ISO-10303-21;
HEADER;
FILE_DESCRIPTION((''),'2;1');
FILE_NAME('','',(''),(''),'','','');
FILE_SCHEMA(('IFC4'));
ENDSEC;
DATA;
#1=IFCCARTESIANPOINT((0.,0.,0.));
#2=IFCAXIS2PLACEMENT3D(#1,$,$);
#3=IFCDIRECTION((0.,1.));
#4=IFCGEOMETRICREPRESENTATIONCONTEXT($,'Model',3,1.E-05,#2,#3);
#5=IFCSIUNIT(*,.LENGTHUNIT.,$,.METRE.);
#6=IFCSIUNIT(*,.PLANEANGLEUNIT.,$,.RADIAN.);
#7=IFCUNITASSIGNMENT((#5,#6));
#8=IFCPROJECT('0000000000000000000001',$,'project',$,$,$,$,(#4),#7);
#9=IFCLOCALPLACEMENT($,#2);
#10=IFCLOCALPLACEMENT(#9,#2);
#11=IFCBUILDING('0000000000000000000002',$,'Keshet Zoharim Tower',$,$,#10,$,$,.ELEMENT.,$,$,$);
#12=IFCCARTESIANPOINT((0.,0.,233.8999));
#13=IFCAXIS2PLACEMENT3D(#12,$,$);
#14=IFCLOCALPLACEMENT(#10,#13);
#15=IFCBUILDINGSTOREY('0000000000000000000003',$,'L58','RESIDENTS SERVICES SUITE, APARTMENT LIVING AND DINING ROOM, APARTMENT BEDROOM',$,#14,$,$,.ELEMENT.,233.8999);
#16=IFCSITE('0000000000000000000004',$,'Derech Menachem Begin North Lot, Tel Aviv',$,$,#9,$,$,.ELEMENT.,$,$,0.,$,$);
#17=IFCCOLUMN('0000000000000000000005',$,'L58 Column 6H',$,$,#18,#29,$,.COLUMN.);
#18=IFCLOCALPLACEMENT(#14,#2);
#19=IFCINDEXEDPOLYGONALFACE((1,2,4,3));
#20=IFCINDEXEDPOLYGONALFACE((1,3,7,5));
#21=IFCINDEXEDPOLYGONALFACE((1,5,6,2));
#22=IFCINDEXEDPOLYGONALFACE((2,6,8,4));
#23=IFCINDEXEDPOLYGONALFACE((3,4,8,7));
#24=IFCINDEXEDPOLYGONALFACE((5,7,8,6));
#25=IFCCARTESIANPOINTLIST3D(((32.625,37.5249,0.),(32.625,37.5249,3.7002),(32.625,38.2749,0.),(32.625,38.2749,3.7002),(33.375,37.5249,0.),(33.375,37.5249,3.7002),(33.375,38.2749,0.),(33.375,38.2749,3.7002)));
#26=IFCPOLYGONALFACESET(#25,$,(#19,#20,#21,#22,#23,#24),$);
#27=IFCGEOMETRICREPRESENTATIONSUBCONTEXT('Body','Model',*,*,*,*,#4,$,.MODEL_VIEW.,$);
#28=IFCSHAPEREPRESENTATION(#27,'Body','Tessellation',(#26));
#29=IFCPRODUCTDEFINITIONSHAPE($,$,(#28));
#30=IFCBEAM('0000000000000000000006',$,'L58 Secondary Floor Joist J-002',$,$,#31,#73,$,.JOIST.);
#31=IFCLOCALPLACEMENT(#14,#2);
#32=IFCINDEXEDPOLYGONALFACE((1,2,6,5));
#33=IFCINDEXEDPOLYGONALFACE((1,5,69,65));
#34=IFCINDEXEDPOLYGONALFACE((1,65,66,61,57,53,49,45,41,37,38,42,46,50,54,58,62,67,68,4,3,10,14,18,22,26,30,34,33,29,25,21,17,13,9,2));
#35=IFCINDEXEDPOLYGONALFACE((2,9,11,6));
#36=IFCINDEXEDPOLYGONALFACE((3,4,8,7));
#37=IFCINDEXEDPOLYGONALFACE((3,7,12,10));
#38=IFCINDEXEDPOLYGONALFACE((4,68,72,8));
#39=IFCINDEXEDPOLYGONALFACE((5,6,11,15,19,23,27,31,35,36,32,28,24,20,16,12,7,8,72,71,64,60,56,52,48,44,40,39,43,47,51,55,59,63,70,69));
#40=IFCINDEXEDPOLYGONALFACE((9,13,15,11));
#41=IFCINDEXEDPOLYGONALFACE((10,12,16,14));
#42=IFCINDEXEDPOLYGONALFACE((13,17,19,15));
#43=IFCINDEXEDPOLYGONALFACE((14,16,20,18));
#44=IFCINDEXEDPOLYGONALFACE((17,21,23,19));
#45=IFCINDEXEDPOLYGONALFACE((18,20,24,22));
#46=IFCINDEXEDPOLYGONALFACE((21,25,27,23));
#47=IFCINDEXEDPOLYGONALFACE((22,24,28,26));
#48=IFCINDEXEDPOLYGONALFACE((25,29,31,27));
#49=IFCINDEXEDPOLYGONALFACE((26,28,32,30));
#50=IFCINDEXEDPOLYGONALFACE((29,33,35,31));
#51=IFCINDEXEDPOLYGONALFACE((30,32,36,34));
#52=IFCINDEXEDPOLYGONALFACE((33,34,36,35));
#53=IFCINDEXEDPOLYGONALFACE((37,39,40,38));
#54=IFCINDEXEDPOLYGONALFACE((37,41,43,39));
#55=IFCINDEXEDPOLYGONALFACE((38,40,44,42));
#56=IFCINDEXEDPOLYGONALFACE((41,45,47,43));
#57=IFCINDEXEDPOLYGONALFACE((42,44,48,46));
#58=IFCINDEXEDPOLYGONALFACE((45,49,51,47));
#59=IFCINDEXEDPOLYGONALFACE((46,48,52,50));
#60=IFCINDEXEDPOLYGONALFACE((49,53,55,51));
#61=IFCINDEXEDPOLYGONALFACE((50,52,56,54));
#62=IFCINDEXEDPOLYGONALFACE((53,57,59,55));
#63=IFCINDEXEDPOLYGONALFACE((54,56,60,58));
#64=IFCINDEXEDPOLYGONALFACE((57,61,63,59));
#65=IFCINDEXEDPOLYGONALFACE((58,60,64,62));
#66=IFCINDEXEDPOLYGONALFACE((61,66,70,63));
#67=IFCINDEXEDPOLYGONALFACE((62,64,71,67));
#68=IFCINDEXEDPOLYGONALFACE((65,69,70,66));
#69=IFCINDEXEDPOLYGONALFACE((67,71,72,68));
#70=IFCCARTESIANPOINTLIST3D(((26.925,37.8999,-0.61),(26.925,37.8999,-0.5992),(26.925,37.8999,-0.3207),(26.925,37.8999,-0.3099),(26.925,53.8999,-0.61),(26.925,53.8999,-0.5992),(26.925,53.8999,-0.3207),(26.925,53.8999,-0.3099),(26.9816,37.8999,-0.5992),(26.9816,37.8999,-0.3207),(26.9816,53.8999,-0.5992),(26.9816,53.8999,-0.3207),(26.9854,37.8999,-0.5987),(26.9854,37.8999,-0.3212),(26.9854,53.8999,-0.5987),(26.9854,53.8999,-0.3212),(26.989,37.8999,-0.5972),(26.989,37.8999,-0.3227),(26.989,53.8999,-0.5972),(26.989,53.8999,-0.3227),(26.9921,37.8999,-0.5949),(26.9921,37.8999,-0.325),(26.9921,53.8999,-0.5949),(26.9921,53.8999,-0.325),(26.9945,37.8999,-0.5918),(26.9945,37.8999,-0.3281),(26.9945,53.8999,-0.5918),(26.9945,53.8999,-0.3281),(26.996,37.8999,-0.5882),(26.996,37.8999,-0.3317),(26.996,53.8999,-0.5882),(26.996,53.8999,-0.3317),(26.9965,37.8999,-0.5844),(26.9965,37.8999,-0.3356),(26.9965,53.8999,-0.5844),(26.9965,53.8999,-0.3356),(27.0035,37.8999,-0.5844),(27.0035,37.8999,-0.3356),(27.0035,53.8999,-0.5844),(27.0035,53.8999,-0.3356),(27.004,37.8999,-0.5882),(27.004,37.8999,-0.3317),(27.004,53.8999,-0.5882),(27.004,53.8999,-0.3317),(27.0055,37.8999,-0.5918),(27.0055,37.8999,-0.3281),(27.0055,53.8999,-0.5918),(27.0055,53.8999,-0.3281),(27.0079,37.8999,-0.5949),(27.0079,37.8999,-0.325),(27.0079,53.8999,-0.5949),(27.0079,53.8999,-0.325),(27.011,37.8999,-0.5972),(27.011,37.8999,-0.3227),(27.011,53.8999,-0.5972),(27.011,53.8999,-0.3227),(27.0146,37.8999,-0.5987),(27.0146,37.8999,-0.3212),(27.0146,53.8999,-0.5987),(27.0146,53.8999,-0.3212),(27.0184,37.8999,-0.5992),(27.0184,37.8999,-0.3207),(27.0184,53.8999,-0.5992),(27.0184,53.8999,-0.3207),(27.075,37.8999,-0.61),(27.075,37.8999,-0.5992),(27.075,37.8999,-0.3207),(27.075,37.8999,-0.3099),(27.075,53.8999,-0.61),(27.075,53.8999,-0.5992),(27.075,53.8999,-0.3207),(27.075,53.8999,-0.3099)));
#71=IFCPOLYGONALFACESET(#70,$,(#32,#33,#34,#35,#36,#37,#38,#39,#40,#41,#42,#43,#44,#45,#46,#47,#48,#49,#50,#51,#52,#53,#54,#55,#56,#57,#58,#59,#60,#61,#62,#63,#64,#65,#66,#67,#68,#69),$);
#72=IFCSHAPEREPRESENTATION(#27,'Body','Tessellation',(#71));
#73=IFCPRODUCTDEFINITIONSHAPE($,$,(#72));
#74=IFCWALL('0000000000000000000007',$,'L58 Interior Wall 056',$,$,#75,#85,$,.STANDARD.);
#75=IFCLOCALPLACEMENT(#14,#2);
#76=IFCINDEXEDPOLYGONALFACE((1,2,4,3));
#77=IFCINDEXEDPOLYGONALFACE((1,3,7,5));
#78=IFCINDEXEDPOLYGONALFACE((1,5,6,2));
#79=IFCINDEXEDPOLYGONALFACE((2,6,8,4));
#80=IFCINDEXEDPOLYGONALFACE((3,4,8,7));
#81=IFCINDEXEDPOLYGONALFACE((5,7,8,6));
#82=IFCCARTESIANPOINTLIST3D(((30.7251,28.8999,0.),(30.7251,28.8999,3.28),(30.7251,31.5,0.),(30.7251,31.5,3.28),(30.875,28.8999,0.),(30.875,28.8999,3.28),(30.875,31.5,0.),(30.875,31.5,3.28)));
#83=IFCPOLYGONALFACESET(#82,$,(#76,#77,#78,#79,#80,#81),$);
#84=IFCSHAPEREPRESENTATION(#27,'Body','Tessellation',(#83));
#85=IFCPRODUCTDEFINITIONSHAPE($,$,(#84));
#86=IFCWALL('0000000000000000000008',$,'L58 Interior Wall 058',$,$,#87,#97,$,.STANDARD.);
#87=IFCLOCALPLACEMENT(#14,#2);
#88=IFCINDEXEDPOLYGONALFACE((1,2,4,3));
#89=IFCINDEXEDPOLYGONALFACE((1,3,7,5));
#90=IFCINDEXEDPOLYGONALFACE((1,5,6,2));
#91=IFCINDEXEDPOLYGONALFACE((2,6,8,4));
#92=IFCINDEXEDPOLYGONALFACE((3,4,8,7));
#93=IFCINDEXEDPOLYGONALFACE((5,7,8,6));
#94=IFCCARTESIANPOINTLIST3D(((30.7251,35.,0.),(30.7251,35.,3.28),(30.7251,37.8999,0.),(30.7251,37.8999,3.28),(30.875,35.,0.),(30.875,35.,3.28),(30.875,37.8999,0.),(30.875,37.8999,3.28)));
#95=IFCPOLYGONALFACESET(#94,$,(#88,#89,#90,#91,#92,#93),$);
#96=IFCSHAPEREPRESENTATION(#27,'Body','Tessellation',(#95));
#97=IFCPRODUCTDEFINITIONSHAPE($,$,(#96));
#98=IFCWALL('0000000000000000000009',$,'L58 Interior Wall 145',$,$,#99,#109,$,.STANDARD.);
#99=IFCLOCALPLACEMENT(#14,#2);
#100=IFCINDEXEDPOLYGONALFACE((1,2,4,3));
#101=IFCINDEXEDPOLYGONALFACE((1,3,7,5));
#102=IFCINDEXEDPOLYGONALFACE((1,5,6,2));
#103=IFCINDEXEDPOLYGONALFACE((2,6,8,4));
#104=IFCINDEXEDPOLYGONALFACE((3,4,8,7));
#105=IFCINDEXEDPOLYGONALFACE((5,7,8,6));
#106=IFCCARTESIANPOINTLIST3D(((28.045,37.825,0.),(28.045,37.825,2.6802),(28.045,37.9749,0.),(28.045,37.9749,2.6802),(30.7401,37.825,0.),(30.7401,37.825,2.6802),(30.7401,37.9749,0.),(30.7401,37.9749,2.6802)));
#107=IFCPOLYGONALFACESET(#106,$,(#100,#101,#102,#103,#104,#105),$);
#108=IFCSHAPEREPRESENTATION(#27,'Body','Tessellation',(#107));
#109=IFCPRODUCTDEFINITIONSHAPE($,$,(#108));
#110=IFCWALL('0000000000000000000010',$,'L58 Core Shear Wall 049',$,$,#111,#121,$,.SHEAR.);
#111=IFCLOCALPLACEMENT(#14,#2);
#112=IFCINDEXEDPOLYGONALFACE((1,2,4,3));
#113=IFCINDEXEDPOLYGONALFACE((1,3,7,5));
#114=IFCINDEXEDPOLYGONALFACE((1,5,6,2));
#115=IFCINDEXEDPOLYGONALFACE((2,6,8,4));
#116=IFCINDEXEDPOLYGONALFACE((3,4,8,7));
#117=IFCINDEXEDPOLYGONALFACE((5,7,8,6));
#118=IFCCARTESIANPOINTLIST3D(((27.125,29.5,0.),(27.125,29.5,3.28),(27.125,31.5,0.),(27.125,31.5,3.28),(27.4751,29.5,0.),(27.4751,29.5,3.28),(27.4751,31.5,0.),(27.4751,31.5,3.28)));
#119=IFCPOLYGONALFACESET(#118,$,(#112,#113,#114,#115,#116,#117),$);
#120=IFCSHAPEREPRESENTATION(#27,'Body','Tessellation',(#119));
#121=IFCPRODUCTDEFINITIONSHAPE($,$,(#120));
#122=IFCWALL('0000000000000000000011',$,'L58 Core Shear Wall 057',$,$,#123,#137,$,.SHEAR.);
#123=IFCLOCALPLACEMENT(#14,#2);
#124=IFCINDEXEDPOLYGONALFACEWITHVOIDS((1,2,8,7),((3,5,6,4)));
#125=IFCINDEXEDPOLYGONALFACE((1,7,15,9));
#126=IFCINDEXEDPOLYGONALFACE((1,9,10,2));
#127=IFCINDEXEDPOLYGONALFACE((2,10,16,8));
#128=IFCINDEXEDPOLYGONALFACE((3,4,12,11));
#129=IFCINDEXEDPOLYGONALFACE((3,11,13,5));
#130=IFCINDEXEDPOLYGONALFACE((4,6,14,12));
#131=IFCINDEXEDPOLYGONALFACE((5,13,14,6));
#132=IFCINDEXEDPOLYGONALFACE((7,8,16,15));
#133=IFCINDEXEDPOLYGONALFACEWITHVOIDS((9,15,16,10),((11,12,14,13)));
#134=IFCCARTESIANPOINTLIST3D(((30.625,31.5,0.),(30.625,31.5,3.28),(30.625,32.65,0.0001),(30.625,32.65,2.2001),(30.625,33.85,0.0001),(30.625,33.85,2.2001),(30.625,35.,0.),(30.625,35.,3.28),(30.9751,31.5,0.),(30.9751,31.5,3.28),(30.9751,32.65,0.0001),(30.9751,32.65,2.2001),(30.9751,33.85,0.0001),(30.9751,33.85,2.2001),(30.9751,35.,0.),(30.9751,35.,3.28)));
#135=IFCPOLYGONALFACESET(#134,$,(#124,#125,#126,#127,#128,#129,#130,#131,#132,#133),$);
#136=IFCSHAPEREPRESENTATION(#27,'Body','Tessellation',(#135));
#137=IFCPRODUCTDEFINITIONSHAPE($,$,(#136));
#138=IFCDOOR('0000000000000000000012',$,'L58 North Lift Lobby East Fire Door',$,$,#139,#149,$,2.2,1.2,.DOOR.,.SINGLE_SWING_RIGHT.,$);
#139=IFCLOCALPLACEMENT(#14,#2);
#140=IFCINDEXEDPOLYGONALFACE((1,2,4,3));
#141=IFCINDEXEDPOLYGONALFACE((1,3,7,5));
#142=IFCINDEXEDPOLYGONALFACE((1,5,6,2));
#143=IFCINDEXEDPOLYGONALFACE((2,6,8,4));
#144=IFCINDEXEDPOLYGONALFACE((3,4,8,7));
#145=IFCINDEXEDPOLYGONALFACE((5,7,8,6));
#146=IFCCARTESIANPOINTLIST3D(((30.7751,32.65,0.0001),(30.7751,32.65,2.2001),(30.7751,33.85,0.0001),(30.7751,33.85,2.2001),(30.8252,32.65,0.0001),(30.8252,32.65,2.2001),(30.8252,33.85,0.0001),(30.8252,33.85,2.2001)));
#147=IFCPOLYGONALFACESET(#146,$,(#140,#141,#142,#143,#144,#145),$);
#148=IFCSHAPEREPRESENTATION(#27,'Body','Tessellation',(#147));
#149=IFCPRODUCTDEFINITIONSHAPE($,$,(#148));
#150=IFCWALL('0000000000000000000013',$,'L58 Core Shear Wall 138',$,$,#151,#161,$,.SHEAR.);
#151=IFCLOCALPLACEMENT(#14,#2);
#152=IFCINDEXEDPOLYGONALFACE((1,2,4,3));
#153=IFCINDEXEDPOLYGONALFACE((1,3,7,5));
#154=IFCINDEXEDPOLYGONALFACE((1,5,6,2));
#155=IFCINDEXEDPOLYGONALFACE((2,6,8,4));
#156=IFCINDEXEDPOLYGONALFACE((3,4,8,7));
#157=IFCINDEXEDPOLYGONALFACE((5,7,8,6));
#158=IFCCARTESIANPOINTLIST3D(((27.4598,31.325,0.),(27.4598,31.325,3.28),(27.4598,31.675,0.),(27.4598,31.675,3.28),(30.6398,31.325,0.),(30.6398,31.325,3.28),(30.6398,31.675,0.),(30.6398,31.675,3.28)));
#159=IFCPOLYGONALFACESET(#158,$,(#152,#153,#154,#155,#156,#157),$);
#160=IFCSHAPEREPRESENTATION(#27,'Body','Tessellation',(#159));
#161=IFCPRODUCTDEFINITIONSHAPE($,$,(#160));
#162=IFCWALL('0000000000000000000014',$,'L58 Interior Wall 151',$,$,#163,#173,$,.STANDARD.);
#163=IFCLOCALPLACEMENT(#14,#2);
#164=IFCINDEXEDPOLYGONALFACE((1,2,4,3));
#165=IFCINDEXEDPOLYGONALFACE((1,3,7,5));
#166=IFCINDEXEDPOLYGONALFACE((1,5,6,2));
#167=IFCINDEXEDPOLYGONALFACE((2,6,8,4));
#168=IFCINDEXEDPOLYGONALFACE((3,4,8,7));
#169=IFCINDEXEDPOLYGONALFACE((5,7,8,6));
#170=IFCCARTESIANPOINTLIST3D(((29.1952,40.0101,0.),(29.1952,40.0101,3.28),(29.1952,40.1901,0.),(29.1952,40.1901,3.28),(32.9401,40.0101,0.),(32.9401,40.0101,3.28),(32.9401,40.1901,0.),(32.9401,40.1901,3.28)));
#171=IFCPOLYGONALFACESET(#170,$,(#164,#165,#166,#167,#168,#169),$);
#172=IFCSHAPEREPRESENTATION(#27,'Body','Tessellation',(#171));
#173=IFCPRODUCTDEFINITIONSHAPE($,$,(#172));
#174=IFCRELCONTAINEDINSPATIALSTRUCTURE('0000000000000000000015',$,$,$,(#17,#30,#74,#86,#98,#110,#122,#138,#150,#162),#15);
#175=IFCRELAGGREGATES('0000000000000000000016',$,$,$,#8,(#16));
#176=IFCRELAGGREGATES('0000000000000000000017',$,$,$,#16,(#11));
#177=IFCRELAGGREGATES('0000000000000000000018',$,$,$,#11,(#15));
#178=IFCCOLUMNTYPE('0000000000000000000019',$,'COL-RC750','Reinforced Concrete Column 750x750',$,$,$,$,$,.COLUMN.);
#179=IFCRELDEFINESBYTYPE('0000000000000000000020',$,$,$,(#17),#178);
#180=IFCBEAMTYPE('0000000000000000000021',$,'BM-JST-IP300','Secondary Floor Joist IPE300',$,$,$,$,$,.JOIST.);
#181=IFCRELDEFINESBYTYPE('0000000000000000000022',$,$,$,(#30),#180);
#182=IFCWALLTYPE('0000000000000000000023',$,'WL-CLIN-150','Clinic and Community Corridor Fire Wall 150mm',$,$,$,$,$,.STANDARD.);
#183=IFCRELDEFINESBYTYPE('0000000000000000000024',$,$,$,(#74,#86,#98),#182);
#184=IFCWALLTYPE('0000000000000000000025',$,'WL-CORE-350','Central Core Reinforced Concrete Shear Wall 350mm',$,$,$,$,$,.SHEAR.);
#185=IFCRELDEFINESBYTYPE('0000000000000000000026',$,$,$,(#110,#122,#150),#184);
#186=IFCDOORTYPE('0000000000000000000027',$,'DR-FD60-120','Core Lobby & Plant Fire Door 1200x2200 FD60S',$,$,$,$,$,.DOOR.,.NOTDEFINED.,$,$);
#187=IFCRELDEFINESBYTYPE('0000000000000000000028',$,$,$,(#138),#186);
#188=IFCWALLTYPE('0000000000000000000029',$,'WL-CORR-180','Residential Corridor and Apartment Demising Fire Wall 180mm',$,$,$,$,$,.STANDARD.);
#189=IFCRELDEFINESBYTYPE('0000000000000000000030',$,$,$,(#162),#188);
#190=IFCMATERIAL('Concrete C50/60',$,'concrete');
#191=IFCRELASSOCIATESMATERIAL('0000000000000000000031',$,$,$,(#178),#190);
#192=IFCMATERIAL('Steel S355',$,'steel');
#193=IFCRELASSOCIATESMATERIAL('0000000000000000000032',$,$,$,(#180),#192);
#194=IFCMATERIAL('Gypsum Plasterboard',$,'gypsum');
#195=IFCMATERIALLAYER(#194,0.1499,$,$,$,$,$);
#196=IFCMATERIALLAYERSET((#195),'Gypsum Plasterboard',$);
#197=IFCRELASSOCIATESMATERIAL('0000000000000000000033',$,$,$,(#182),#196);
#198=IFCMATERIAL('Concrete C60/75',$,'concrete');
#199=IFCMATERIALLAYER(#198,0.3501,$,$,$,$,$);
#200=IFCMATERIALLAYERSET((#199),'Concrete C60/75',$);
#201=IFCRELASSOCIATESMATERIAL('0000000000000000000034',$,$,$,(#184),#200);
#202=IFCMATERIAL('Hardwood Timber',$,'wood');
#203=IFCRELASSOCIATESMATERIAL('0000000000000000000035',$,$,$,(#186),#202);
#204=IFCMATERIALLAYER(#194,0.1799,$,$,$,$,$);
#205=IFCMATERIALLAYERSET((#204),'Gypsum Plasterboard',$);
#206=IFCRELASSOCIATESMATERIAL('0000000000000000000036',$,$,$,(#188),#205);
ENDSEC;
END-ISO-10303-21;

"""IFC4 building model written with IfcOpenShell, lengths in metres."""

from ifc_helpers import new_model, si_unit, direction, frame, frame_2d, origin, origin_2d, place, context, subcontext, project, spatial, rectangle, i_section, extrude, material, layer, layer_set, material_profile, profile_set, type_object, element, fill, save


model = new_model("IFC4")

# Units and contexts
model_context = context("Model", 3, precision=1e-05, world=origin(), true_north=direction((0.0, 1.0)))
body_context = subcontext(model_context, "Body", "Model", "MODEL_VIEW")
ifc_project = project(units=[si_unit("LENGTHUNIT", "METRE"), si_unit("PLANEANGLEUNIT", "RADIAN")], contexts=[model_context])

# Site, building, storey
site_placement = place(None, origin())
site = spatial("IfcSite", under=ifc_project, at=site_placement, Name="Derech Menachem Begin North Lot, Tel Aviv", CompositionType="ELEMENT", RefElevation=0.0)
building_placement = place(site_placement, origin())
building = spatial("IfcBuilding", under=site, at=building_placement, Name="Keshet Zoharim Tower", CompositionType="ELEMENT")
storey_placement = place(building_placement, frame((0.0, 0.0, 233.8999)))
storey = spatial("IfcBuildingStorey", under=building, at=storey_placement, Name="L58", Description="RESIDENTS SERVICES SUITE, APARTMENT LIVING AND DINING ROOM, APARTMENT BEDROOM", CompositionType="ELEMENT", Elevation=233.8999)

# Column
ifc_material_1 = material(Name="Concrete C50/60", Category="concrete")
ifc_material_profile_1 = material_profile(ifc_material_1, rectangle(XDim=0.75, YDim=0.75, at=origin_2d()), Name="RC750x750")
ifc_profile_set_1 = profile_set([ifc_material_profile_1], Name="Concrete C50/60")
column_type = type_object("IfcColumnType", Name="COL-RC750", Description="Reinforced Concrete Column 750x750", PredefinedType="COLUMN", material=ifc_profile_set_1)
column_placement = place(storey_placement, frame((33.0, 37.8999, 0.0), z_axis=(0.0, 0.0, 1.0), x_axis=(1.0, 0.0, 0.0)))
element("IfcColumn", 1, at=column_placement, inside=storey, type_object=column_type, Name="L58 Column 6H", PredefinedType="COLUMN", context=body_context, shape_type="SweptSolid", body=[
    extrude(rectangle(XDim=0.75, YDim=0.75, at=origin_2d()), origin(), (0.0, 0.0, 1.0), 3.7002),
])

# Beam
ifc_material_2 = material(Name="Steel S355", Category="steel")
ifc_material_profile_2 = material_profile(ifc_material_2, i_section(OverallWidth=0.1499, OverallDepth=0.3, WebThickness=0.0071, FlangeThickness=0.0107, FilletRadius=0.0149, at=origin_2d()), Name="IPE300")
ifc_profile_set_2 = profile_set([ifc_material_profile_2], Name="Steel S355")
beam_type = type_object("IfcBeamType", Name="BM-JST-IP300", Description="Secondary Floor Joist IPE300", PredefinedType="JOIST", material=ifc_profile_set_2)
beam_placement = place(storey_placement, frame((27.0, 37.8999, -0.46), z_axis=(0.0, 1.0, 0.0), x_axis=(-1.0, 0.0, 0.0)))
element("IfcBeam", 2, at=beam_placement, inside=storey, type_object=beam_type, Name="L58 Secondary Floor Joist J-002", PredefinedType="JOIST", context=body_context, shape_type="SweptSolid", body=[
    extrude(i_section(OverallWidth=0.1499, OverallDepth=0.3, WebThickness=0.0071, FlangeThickness=0.0107, FilletRadius=0.0149, at=origin_2d()), origin(), (0.0, 0.0, 1.0), 16.0),
])

# Walls
ifc_material_3 = material(Name="Gypsum Plasterboard", Category="gypsum")
ifc_layer_1 = layer(ifc_material_3, 0.1499)
ifc_layer_set_1 = layer_set([ifc_layer_1], Name="Gypsum Plasterboard")
wall_type_1 = type_object("IfcWallType", Name="WL-CLIN-150", Description="Clinic and Community Corridor Fire Wall 150mm", PredefinedType="STANDARD", material=ifc_layer_set_1)
wall_1_placement = place(storey_placement, frame((30.8, 28.8999, 0.0), z_axis=(0.0, 0.0, 1.0), x_axis=(0.0, 1.0, 0.0)))
element("IfcWall", 3, at=wall_1_placement, inside=storey, type_object=wall_type_1, Name="L58 Interior Wall 056", PredefinedType="STANDARD", context=body_context, shape_type="SweptSolid", body=[
    extrude(rectangle(XDim=2.6001, YDim=0.1499, at=frame_2d((1.3, 0.0))), origin(), (0.0, 0.0, 1.0), 3.28),
])
wall_2_placement = place(storey_placement, frame((30.8, 35.0, 0.0), z_axis=(0.0, 0.0, 1.0), x_axis=(0.0, 1.0, 0.0)))
element("IfcWall", 4, at=wall_2_placement, inside=storey, type_object=wall_type_1, Name="L58 Interior Wall 058", PredefinedType="STANDARD", context=body_context, shape_type="SweptSolid", body=[
    extrude(rectangle(XDim=2.8999, YDim=0.1499, at=frame_2d((1.45, 0.0))), origin(), (0.0, 0.0, 1.0), 3.28),
])
wall_3_placement = place(storey_placement, frame((28.0449, 37.8999, 0.0), z_axis=(0.0, 0.0, 1.0), x_axis=(1.0, 0.0, 0.0)))
element("IfcWall", 5, at=wall_3_placement, inside=storey, type_object=wall_type_1, Name="L58 Interior Wall 145", PredefinedType="STANDARD", context=body_context, shape_type="SweptSolid", body=[
    extrude(rectangle(XDim=2.6951, YDim=0.1499, at=frame_2d((1.3477, 0.0))), origin(), (0.0, 0.0, 1.0), 2.6802),
])
ifc_material_4 = material(Name="Concrete C60/75", Category="concrete")
ifc_layer_2 = layer(ifc_material_4, 0.3501)
ifc_layer_set_2 = layer_set([ifc_layer_2], Name="Concrete C60/75")
wall_type_2 = type_object("IfcWallType", Name="WL-CORE-350", Description="Central Core Reinforced Concrete Shear Wall 350mm", PredefinedType="SHEAR", material=ifc_layer_set_2)
wall_4_placement = place(storey_placement, frame((27.3, 29.5, 0.0), z_axis=(0.0, 0.0, 1.0), x_axis=(0.0, 1.0, 0.0)))
element("IfcWall", 6, at=wall_4_placement, inside=storey, type_object=wall_type_2, Name="L58 Core Shear Wall 049", PredefinedType="SHEAR", context=body_context, shape_type="SweptSolid", body=[
    extrude(rectangle(XDim=2.0, YDim=0.3501, at=frame_2d((1.0, 0.0))), origin(), (0.0, 0.0, 1.0), 3.28),
])

# Wall, opening, door
wall_5_placement = place(storey_placement, frame((30.8, 31.5, 0.0), z_axis=(0.0, 0.0, 1.0), x_axis=(0.0, 1.0, 0.0)))
wall_5 = element("IfcWall", 7, at=wall_5_placement, inside=storey, type_object=wall_type_2, Name="L58 Core Shear Wall 057", PredefinedType="SHEAR", context=body_context, shape_type="SweptSolid", body=[
    extrude(rectangle(XDim=3.5, YDim=0.3501, at=frame_2d((1.75, 0.0))), origin(), (0.0, 0.0, 1.0), 3.28),
])
opening_1_placement = place(wall_5_placement, frame((1.1499, 0.0, 0.0)))
opening_1 = element("IfcOpeningElement", 8, at=opening_1_placement, cuts=wall_5, PredefinedType="OPENING", context=body_context, shape_type="SweptSolid", body=[
    extrude(rectangle(XDim=1.2, YDim=2.2, at=frame_2d((0.6001, 1.1001))), frame((0.0, 0.1851, 0.0), z_axis=(0.0, -1.0, 0.0), x_axis=(1.0, 0.0, 0.0)), (0.0, 0.0, 1.0), 0.3701),
])
ifc_material_5 = material(Name="Hardwood Timber", Category="wood")
door_type_1 = type_object("IfcDoorType", Name="DR-FD60-120", Description="Core Lobby & Plant Fire Door 1200x2200 FD60S", OperationType="NOTDEFINED", PredefinedType="DOOR", material=ifc_material_5)
door_1_placement = place(opening_1_placement, origin())
door_1 = element("IfcDoor", 9, at=door_1_placement, inside=storey, type_object=door_type_1, Name="L58 North Lift Lobby East Fire Door", OperationType="SINGLE_SWING_RIGHT", OverallHeight=2.2, OverallWidth=1.2, PredefinedType="DOOR", context=body_context, shape_type="SweptSolid", body=[
    extrude(rectangle(XDim=1.2, YDim=2.2, at=frame_2d((0.6001, 1.1001))), frame((0.0, 0.0249, 0.0), z_axis=(0.0, -1.0, 0.0), x_axis=(1.0, 0.0, 0.0)), (0.0, 0.0, 1.0), 0.05),
])
fill(opening_1, door_1)

# Wall
wall_6_placement = place(storey_placement, frame((27.46, 31.5, 0.0), z_axis=(0.0, 0.0, 1.0), x_axis=(1.0, 0.0, 0.0)))
element("IfcWall", 10, at=wall_6_placement, inside=storey, type_object=wall_type_2, Name="L58 Core Shear Wall 138", PredefinedType="SHEAR", context=body_context, shape_type="SweptSolid", body=[
    extrude(rectangle(XDim=3.1799, YDim=0.3501, at=frame_2d((1.5898, 0.0))), origin(), (0.0, 0.0, 1.0), 3.28),
])

# Wall
ifc_layer_3 = layer(ifc_material_3, 0.1799)
ifc_layer_set_3 = layer_set([ifc_layer_3], Name="Gypsum Plasterboard")
wall_type_3 = type_object("IfcWallType", Name="WL-CORR-180", Description="Residential Corridor and Apartment Demising Fire Wall 180mm", PredefinedType="STANDARD", material=ifc_layer_set_3)
wall_7_placement = place(storey_placement, frame((29.1951, 40.1001, 0.0), z_axis=(0.0, 0.0, 1.0), x_axis=(1.0, 0.0, 0.0)))
element("IfcWall", 11, at=wall_7_placement, inside=storey, type_object=wall_type_3, Name="L58 Interior Wall 151", PredefinedType="STANDARD", context=body_context, shape_type="SweptSolid", body=[
    extrude(rectangle(XDim=3.7449, YDim=0.1799, at=frame_2d((1.8726, 0.0))), origin(), (0.0, 0.0, 1.0), 3.28),
])

save(model, "model.ifc")
